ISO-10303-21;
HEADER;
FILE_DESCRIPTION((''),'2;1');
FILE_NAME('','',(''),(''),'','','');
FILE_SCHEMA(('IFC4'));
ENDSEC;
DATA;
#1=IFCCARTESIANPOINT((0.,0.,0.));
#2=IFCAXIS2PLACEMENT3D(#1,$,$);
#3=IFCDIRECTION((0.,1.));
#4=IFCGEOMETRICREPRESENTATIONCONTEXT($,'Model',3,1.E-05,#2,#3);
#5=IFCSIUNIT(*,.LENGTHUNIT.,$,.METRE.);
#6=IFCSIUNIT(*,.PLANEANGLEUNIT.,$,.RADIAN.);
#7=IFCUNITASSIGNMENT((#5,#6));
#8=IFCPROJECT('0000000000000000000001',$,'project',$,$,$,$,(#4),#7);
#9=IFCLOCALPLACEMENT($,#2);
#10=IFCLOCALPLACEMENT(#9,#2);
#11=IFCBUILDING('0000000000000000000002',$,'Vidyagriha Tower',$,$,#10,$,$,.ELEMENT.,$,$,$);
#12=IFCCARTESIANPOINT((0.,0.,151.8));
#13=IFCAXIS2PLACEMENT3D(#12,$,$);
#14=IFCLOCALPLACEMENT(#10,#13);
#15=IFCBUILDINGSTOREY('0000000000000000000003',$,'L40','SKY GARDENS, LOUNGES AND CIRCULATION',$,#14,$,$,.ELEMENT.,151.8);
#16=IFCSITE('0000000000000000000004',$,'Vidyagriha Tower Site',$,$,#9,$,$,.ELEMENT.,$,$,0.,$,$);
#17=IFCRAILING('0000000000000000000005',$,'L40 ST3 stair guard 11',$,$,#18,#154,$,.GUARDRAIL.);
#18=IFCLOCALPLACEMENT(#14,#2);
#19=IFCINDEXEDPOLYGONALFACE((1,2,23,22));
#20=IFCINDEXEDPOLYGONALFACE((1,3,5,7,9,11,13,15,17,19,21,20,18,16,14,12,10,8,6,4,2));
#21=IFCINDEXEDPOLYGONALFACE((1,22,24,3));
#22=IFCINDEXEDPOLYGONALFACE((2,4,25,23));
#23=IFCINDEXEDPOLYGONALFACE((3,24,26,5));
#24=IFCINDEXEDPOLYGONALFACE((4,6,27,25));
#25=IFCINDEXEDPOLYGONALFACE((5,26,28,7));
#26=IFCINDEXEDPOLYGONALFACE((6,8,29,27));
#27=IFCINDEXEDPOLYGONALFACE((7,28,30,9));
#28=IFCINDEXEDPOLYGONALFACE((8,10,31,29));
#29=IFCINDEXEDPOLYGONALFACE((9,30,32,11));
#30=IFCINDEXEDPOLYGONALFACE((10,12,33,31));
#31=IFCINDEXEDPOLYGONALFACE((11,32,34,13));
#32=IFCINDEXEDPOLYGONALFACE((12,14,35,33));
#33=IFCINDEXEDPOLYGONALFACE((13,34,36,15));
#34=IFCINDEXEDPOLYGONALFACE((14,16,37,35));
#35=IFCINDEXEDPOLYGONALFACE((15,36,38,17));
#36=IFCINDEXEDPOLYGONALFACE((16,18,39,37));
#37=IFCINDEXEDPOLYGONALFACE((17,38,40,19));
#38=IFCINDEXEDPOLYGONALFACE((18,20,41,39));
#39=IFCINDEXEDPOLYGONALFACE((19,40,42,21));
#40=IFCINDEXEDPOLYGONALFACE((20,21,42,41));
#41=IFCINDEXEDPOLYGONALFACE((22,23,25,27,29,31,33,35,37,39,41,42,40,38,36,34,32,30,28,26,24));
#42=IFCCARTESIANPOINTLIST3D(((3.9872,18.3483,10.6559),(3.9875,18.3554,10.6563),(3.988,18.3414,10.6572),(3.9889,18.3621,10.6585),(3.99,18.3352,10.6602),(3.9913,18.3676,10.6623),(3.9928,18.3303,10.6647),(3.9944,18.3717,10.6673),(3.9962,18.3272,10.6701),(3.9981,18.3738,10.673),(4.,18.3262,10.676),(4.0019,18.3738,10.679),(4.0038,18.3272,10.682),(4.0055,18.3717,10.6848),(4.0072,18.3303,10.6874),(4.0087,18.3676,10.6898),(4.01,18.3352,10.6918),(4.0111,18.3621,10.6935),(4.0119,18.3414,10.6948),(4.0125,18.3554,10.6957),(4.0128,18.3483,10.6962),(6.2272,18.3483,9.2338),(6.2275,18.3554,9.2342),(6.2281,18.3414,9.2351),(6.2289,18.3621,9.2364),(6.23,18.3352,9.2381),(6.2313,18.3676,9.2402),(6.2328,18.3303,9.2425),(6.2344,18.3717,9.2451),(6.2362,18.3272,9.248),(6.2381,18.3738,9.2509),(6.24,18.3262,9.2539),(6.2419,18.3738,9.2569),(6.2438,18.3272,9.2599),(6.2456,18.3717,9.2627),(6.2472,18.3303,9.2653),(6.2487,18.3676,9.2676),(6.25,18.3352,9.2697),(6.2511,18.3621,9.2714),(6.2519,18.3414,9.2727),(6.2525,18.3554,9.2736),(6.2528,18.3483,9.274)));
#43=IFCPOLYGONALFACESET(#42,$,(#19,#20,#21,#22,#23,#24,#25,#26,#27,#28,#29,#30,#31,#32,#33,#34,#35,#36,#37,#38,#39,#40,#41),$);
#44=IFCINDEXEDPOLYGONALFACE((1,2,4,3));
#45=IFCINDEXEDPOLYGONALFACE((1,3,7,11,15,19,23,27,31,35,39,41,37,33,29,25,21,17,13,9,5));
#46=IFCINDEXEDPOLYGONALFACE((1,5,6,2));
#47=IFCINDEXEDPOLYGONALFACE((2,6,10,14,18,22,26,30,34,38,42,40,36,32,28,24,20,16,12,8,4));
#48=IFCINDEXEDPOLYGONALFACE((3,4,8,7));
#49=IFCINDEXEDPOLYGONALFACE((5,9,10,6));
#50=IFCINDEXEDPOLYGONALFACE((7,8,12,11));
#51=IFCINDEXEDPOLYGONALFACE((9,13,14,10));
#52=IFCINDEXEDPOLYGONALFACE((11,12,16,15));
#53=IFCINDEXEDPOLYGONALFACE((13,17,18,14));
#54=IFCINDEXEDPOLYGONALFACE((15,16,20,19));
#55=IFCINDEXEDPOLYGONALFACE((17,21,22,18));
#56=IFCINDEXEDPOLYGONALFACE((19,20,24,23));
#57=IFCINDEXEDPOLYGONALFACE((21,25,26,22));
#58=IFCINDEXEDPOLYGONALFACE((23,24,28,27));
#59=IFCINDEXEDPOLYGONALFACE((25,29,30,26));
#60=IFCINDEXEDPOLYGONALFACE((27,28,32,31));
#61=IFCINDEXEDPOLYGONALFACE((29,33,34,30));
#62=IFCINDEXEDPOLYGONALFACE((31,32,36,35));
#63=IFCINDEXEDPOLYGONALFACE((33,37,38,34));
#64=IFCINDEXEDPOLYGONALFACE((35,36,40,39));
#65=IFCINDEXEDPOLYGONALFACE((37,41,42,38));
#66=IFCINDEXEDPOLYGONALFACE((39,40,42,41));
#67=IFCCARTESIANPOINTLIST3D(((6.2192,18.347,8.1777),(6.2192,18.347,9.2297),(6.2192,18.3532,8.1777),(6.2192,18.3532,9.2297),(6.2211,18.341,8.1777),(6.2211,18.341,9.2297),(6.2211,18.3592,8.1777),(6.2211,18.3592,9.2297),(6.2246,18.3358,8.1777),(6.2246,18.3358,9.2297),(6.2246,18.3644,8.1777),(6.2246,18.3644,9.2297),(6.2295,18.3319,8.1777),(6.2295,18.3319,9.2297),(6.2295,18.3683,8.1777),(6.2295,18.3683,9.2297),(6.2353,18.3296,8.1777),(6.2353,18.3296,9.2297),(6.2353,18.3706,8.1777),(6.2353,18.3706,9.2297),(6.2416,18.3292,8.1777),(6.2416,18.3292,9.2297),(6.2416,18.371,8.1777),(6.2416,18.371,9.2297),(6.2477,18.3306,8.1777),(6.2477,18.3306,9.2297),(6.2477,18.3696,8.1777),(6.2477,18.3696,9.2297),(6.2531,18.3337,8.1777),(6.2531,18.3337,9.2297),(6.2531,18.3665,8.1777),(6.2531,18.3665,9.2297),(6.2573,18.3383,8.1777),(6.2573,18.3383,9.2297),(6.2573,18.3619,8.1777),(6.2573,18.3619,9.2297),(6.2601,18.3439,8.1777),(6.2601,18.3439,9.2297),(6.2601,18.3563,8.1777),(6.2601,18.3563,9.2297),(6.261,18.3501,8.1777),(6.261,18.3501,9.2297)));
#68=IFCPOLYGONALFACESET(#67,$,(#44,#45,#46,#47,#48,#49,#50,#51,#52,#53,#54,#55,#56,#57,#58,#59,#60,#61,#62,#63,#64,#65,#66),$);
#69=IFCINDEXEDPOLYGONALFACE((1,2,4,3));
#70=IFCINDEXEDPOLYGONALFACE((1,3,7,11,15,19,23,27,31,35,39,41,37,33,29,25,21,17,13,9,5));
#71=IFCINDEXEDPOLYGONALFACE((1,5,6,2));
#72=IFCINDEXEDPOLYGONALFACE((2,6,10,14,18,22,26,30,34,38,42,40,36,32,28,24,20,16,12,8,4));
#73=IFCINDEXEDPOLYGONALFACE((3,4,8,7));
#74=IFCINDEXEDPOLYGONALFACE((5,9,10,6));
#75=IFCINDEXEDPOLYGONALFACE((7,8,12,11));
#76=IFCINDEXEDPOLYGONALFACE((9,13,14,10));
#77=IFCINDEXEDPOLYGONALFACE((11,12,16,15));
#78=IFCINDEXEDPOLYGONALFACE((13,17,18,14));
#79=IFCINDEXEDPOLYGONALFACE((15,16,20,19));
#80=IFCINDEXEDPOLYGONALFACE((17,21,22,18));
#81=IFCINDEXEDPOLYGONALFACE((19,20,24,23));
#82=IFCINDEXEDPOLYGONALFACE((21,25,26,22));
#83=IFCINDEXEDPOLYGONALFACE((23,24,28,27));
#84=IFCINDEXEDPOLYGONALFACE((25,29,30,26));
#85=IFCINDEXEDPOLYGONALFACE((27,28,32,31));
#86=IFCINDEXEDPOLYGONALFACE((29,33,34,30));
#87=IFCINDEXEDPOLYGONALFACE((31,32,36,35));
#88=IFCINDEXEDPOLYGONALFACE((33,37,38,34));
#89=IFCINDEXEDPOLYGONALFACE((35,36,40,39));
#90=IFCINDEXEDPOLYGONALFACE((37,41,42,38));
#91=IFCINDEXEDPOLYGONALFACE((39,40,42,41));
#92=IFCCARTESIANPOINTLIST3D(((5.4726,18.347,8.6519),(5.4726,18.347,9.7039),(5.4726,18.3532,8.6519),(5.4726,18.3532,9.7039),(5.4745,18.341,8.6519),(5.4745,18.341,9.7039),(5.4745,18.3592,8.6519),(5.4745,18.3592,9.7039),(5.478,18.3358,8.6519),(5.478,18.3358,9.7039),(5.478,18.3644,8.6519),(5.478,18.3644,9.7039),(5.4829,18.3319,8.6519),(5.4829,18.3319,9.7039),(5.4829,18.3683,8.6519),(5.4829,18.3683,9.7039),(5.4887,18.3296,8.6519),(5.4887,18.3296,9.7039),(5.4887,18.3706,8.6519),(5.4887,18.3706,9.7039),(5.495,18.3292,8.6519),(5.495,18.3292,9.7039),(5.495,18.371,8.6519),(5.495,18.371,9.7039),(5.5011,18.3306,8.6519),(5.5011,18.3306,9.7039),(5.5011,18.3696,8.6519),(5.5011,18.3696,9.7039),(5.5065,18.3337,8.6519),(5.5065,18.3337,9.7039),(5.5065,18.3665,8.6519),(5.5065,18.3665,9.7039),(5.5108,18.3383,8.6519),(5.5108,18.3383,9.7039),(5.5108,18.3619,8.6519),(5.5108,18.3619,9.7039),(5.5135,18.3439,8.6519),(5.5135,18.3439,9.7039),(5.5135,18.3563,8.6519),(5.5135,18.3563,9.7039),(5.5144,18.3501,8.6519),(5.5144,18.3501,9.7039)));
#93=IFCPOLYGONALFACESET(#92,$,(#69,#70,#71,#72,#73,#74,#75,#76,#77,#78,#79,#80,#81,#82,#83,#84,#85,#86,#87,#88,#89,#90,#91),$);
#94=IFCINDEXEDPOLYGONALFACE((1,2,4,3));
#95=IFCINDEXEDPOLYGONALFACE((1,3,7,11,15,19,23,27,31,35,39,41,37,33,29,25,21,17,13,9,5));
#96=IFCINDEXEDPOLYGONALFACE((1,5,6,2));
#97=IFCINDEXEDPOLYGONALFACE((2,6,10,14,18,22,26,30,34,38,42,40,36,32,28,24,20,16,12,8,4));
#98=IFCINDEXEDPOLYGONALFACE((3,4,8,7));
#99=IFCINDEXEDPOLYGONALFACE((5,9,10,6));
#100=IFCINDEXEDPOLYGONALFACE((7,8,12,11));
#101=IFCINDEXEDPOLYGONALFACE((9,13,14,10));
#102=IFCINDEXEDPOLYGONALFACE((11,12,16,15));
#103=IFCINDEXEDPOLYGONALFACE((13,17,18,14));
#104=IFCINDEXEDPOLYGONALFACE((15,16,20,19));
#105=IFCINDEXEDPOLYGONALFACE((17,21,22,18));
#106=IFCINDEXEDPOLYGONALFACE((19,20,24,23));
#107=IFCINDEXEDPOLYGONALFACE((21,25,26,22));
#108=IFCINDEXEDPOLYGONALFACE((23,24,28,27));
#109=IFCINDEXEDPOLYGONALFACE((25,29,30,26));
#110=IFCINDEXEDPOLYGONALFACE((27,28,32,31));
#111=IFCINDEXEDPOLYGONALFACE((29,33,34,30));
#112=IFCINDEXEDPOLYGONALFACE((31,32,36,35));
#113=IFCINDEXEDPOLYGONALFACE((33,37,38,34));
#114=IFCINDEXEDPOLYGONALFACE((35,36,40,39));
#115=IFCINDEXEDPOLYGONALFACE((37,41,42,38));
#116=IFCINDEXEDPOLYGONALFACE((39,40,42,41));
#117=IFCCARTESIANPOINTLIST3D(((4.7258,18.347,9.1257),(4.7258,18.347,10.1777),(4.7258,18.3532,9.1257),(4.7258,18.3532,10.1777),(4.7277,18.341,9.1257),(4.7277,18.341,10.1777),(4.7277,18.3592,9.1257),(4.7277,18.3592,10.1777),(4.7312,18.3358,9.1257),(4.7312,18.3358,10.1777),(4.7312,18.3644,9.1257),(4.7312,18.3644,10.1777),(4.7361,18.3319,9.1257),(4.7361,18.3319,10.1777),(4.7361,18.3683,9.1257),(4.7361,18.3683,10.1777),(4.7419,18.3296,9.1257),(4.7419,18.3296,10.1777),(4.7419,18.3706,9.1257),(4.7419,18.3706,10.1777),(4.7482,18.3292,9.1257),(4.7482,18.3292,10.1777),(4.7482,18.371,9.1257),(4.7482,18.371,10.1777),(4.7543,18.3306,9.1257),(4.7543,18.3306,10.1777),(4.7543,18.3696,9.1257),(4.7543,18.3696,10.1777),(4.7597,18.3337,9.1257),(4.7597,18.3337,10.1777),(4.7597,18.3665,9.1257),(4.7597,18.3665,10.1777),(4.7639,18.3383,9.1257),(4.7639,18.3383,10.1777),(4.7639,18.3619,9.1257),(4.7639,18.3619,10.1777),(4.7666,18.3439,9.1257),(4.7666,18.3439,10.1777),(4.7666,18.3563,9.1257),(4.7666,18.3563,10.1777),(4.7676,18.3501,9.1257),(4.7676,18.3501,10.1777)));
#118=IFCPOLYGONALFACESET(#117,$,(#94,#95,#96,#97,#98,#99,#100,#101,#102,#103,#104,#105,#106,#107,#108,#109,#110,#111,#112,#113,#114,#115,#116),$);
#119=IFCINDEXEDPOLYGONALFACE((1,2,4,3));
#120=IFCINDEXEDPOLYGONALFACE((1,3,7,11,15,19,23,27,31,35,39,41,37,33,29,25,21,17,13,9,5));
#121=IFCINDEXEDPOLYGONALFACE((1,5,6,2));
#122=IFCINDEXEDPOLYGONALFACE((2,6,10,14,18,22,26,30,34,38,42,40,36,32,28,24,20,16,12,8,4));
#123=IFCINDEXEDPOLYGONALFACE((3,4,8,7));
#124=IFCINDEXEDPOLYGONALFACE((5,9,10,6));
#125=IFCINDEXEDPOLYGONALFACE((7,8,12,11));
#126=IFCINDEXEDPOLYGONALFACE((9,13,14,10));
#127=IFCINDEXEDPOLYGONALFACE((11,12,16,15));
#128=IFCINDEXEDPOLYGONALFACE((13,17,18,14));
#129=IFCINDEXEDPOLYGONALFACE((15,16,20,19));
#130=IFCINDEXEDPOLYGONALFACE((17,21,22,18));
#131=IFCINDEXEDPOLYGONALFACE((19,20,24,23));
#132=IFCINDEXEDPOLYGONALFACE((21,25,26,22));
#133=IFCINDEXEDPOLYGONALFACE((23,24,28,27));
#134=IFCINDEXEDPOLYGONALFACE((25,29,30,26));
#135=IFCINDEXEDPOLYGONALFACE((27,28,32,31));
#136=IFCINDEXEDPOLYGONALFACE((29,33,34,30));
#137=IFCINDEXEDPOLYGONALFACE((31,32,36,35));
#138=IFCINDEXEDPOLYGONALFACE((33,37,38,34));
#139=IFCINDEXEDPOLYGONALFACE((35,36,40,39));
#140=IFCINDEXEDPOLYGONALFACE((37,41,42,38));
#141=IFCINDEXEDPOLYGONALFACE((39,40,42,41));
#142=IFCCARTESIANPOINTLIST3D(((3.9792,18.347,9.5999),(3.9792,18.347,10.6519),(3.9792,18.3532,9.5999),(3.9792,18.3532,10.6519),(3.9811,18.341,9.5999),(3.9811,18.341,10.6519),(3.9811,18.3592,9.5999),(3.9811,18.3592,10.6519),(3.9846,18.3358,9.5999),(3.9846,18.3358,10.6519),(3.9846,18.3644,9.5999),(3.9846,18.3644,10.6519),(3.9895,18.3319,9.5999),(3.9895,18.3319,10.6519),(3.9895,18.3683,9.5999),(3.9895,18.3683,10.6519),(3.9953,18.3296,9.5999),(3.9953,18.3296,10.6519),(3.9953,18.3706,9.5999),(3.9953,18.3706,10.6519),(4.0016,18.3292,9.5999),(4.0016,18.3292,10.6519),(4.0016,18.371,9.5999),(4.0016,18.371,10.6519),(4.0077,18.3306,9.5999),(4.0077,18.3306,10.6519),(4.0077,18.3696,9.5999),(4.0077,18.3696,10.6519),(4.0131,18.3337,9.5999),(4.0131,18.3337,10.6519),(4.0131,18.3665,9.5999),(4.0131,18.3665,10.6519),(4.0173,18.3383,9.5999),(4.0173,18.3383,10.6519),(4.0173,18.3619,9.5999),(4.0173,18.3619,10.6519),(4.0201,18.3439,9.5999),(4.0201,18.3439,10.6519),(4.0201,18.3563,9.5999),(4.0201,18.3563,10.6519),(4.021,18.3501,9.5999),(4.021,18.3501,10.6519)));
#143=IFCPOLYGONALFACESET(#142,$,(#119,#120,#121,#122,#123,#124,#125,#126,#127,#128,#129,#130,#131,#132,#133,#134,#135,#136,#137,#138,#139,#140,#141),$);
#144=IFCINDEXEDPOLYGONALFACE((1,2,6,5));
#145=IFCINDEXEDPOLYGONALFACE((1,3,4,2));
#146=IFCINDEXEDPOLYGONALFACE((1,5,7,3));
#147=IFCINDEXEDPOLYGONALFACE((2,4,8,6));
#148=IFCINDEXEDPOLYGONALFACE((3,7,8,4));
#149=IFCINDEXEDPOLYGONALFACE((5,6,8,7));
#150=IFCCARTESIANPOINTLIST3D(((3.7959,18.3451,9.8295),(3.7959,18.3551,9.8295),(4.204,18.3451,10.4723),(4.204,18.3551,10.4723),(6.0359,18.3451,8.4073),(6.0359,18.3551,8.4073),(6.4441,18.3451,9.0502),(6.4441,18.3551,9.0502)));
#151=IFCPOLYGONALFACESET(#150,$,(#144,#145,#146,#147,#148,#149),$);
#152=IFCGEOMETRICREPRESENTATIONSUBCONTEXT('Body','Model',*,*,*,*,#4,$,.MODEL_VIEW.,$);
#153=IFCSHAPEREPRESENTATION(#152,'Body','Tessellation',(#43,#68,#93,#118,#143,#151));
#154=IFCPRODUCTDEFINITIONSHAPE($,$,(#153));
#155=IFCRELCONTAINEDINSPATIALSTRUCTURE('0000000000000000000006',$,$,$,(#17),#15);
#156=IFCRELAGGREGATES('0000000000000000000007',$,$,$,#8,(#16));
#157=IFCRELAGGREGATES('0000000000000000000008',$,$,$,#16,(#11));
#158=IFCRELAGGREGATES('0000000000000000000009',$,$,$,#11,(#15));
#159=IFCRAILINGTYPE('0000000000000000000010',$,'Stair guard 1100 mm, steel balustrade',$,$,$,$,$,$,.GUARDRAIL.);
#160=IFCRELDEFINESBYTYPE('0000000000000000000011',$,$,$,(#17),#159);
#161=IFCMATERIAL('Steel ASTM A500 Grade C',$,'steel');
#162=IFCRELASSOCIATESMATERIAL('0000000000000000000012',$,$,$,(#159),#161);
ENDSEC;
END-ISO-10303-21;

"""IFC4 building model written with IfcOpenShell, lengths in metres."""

from ifc_helpers import new_model, si_unit, direction, frame, origin, origin_2d, place, context, subcontext, project, spatial, rectangle, circle, extrude, material, type_object, element, save


model = new_model("IFC4")

# Units and contexts
model_context = context("Model", 3, precision=1e-05, world=origin(), true_north=direction((0.0, 1.0)))
body_context = subcontext(model_context, "Body", "Model", "MODEL_VIEW")
ifc_project = project(units=[si_unit("LENGTHUNIT", "METRE"), si_unit("PLANEANGLEUNIT", "RADIAN")], contexts=[model_context])

# Site, building, storey
site_placement = place(None, origin())
site = spatial("IfcSite", under=ifc_project, at=site_placement, Name="Vidyagriha Tower Site", CompositionType="ELEMENT", RefElevation=0.0)
building_placement = place(site_placement, origin())
building = spatial("IfcBuilding", under=site, at=building_placement, Name="Vidyagriha Tower", CompositionType="ELEMENT")
storey_placement = place(building_placement, frame((0.0, 0.0, 151.8)))
storey = spatial("IfcBuildingStorey", under=building, at=storey_placement, Name="L40", Description="SKY GARDENS, LOUNGES AND CIRCULATION", CompositionType="ELEMENT", Elevation=151.8)

# Railing
ifc_material_1 = material(Name="Steel ASTM A500 Grade C", Category="steel")
railing_type_1 = type_object("IfcRailingType", Name="Stair guard 1100 mm, steel balustrade", PredefinedType="GUARDRAIL", material=ifc_material_1)
railing_1_placement = place(storey_placement, frame((6.24, 18.3501, 8.1777)))
element("IfcRailing", 1, at=railing_1_placement, inside=storey, type_object=railing_type_1, Name="L40 ST3 stair guard 11", PredefinedType="GUARDRAIL", context=body_context, shape_type="SweptSolid", body=[
    extrude(circle(Radius=0.0239, at=origin_2d()), frame((0.0, 0.0, 1.0762), z_axis=(-0.844229, 0.0, 0.535982), x_axis=(0.0, -1.0, 0.0)), (0.0, 0.0, 1.0), 2.6533),
    extrude(circle(Radius=0.021, at=origin_2d()), origin(), (0.0, 0.0, 1.0), 1.052),
    extrude(circle(Radius=0.021, at=origin_2d()), frame((-0.7466, 0.0, 0.4741)), (0.0, 0.0, 1.0), 1.052),
    extrude(circle(Radius=0.021, at=origin_2d()), frame((-1.4934, 0.0, 0.948)), (0.0, 0.0, 1.0), 1.052),
    extrude(circle(Radius=0.021, at=origin_2d()), frame((-2.24, 0.0, 1.4221)), (0.0, 0.0, 1.0), 1.052),
    extrude(rectangle(XDim=0.01, YDim=0.7615, at=origin_2d()), frame((0.0, 0.0, 0.551), z_axis=(-0.844229, 0.0, 0.535982), x_axis=(0.0, -1.0, 0.0)), (0.0, 0.0, 1.0), 2.6533),
])

save(model, "model.ifc")
